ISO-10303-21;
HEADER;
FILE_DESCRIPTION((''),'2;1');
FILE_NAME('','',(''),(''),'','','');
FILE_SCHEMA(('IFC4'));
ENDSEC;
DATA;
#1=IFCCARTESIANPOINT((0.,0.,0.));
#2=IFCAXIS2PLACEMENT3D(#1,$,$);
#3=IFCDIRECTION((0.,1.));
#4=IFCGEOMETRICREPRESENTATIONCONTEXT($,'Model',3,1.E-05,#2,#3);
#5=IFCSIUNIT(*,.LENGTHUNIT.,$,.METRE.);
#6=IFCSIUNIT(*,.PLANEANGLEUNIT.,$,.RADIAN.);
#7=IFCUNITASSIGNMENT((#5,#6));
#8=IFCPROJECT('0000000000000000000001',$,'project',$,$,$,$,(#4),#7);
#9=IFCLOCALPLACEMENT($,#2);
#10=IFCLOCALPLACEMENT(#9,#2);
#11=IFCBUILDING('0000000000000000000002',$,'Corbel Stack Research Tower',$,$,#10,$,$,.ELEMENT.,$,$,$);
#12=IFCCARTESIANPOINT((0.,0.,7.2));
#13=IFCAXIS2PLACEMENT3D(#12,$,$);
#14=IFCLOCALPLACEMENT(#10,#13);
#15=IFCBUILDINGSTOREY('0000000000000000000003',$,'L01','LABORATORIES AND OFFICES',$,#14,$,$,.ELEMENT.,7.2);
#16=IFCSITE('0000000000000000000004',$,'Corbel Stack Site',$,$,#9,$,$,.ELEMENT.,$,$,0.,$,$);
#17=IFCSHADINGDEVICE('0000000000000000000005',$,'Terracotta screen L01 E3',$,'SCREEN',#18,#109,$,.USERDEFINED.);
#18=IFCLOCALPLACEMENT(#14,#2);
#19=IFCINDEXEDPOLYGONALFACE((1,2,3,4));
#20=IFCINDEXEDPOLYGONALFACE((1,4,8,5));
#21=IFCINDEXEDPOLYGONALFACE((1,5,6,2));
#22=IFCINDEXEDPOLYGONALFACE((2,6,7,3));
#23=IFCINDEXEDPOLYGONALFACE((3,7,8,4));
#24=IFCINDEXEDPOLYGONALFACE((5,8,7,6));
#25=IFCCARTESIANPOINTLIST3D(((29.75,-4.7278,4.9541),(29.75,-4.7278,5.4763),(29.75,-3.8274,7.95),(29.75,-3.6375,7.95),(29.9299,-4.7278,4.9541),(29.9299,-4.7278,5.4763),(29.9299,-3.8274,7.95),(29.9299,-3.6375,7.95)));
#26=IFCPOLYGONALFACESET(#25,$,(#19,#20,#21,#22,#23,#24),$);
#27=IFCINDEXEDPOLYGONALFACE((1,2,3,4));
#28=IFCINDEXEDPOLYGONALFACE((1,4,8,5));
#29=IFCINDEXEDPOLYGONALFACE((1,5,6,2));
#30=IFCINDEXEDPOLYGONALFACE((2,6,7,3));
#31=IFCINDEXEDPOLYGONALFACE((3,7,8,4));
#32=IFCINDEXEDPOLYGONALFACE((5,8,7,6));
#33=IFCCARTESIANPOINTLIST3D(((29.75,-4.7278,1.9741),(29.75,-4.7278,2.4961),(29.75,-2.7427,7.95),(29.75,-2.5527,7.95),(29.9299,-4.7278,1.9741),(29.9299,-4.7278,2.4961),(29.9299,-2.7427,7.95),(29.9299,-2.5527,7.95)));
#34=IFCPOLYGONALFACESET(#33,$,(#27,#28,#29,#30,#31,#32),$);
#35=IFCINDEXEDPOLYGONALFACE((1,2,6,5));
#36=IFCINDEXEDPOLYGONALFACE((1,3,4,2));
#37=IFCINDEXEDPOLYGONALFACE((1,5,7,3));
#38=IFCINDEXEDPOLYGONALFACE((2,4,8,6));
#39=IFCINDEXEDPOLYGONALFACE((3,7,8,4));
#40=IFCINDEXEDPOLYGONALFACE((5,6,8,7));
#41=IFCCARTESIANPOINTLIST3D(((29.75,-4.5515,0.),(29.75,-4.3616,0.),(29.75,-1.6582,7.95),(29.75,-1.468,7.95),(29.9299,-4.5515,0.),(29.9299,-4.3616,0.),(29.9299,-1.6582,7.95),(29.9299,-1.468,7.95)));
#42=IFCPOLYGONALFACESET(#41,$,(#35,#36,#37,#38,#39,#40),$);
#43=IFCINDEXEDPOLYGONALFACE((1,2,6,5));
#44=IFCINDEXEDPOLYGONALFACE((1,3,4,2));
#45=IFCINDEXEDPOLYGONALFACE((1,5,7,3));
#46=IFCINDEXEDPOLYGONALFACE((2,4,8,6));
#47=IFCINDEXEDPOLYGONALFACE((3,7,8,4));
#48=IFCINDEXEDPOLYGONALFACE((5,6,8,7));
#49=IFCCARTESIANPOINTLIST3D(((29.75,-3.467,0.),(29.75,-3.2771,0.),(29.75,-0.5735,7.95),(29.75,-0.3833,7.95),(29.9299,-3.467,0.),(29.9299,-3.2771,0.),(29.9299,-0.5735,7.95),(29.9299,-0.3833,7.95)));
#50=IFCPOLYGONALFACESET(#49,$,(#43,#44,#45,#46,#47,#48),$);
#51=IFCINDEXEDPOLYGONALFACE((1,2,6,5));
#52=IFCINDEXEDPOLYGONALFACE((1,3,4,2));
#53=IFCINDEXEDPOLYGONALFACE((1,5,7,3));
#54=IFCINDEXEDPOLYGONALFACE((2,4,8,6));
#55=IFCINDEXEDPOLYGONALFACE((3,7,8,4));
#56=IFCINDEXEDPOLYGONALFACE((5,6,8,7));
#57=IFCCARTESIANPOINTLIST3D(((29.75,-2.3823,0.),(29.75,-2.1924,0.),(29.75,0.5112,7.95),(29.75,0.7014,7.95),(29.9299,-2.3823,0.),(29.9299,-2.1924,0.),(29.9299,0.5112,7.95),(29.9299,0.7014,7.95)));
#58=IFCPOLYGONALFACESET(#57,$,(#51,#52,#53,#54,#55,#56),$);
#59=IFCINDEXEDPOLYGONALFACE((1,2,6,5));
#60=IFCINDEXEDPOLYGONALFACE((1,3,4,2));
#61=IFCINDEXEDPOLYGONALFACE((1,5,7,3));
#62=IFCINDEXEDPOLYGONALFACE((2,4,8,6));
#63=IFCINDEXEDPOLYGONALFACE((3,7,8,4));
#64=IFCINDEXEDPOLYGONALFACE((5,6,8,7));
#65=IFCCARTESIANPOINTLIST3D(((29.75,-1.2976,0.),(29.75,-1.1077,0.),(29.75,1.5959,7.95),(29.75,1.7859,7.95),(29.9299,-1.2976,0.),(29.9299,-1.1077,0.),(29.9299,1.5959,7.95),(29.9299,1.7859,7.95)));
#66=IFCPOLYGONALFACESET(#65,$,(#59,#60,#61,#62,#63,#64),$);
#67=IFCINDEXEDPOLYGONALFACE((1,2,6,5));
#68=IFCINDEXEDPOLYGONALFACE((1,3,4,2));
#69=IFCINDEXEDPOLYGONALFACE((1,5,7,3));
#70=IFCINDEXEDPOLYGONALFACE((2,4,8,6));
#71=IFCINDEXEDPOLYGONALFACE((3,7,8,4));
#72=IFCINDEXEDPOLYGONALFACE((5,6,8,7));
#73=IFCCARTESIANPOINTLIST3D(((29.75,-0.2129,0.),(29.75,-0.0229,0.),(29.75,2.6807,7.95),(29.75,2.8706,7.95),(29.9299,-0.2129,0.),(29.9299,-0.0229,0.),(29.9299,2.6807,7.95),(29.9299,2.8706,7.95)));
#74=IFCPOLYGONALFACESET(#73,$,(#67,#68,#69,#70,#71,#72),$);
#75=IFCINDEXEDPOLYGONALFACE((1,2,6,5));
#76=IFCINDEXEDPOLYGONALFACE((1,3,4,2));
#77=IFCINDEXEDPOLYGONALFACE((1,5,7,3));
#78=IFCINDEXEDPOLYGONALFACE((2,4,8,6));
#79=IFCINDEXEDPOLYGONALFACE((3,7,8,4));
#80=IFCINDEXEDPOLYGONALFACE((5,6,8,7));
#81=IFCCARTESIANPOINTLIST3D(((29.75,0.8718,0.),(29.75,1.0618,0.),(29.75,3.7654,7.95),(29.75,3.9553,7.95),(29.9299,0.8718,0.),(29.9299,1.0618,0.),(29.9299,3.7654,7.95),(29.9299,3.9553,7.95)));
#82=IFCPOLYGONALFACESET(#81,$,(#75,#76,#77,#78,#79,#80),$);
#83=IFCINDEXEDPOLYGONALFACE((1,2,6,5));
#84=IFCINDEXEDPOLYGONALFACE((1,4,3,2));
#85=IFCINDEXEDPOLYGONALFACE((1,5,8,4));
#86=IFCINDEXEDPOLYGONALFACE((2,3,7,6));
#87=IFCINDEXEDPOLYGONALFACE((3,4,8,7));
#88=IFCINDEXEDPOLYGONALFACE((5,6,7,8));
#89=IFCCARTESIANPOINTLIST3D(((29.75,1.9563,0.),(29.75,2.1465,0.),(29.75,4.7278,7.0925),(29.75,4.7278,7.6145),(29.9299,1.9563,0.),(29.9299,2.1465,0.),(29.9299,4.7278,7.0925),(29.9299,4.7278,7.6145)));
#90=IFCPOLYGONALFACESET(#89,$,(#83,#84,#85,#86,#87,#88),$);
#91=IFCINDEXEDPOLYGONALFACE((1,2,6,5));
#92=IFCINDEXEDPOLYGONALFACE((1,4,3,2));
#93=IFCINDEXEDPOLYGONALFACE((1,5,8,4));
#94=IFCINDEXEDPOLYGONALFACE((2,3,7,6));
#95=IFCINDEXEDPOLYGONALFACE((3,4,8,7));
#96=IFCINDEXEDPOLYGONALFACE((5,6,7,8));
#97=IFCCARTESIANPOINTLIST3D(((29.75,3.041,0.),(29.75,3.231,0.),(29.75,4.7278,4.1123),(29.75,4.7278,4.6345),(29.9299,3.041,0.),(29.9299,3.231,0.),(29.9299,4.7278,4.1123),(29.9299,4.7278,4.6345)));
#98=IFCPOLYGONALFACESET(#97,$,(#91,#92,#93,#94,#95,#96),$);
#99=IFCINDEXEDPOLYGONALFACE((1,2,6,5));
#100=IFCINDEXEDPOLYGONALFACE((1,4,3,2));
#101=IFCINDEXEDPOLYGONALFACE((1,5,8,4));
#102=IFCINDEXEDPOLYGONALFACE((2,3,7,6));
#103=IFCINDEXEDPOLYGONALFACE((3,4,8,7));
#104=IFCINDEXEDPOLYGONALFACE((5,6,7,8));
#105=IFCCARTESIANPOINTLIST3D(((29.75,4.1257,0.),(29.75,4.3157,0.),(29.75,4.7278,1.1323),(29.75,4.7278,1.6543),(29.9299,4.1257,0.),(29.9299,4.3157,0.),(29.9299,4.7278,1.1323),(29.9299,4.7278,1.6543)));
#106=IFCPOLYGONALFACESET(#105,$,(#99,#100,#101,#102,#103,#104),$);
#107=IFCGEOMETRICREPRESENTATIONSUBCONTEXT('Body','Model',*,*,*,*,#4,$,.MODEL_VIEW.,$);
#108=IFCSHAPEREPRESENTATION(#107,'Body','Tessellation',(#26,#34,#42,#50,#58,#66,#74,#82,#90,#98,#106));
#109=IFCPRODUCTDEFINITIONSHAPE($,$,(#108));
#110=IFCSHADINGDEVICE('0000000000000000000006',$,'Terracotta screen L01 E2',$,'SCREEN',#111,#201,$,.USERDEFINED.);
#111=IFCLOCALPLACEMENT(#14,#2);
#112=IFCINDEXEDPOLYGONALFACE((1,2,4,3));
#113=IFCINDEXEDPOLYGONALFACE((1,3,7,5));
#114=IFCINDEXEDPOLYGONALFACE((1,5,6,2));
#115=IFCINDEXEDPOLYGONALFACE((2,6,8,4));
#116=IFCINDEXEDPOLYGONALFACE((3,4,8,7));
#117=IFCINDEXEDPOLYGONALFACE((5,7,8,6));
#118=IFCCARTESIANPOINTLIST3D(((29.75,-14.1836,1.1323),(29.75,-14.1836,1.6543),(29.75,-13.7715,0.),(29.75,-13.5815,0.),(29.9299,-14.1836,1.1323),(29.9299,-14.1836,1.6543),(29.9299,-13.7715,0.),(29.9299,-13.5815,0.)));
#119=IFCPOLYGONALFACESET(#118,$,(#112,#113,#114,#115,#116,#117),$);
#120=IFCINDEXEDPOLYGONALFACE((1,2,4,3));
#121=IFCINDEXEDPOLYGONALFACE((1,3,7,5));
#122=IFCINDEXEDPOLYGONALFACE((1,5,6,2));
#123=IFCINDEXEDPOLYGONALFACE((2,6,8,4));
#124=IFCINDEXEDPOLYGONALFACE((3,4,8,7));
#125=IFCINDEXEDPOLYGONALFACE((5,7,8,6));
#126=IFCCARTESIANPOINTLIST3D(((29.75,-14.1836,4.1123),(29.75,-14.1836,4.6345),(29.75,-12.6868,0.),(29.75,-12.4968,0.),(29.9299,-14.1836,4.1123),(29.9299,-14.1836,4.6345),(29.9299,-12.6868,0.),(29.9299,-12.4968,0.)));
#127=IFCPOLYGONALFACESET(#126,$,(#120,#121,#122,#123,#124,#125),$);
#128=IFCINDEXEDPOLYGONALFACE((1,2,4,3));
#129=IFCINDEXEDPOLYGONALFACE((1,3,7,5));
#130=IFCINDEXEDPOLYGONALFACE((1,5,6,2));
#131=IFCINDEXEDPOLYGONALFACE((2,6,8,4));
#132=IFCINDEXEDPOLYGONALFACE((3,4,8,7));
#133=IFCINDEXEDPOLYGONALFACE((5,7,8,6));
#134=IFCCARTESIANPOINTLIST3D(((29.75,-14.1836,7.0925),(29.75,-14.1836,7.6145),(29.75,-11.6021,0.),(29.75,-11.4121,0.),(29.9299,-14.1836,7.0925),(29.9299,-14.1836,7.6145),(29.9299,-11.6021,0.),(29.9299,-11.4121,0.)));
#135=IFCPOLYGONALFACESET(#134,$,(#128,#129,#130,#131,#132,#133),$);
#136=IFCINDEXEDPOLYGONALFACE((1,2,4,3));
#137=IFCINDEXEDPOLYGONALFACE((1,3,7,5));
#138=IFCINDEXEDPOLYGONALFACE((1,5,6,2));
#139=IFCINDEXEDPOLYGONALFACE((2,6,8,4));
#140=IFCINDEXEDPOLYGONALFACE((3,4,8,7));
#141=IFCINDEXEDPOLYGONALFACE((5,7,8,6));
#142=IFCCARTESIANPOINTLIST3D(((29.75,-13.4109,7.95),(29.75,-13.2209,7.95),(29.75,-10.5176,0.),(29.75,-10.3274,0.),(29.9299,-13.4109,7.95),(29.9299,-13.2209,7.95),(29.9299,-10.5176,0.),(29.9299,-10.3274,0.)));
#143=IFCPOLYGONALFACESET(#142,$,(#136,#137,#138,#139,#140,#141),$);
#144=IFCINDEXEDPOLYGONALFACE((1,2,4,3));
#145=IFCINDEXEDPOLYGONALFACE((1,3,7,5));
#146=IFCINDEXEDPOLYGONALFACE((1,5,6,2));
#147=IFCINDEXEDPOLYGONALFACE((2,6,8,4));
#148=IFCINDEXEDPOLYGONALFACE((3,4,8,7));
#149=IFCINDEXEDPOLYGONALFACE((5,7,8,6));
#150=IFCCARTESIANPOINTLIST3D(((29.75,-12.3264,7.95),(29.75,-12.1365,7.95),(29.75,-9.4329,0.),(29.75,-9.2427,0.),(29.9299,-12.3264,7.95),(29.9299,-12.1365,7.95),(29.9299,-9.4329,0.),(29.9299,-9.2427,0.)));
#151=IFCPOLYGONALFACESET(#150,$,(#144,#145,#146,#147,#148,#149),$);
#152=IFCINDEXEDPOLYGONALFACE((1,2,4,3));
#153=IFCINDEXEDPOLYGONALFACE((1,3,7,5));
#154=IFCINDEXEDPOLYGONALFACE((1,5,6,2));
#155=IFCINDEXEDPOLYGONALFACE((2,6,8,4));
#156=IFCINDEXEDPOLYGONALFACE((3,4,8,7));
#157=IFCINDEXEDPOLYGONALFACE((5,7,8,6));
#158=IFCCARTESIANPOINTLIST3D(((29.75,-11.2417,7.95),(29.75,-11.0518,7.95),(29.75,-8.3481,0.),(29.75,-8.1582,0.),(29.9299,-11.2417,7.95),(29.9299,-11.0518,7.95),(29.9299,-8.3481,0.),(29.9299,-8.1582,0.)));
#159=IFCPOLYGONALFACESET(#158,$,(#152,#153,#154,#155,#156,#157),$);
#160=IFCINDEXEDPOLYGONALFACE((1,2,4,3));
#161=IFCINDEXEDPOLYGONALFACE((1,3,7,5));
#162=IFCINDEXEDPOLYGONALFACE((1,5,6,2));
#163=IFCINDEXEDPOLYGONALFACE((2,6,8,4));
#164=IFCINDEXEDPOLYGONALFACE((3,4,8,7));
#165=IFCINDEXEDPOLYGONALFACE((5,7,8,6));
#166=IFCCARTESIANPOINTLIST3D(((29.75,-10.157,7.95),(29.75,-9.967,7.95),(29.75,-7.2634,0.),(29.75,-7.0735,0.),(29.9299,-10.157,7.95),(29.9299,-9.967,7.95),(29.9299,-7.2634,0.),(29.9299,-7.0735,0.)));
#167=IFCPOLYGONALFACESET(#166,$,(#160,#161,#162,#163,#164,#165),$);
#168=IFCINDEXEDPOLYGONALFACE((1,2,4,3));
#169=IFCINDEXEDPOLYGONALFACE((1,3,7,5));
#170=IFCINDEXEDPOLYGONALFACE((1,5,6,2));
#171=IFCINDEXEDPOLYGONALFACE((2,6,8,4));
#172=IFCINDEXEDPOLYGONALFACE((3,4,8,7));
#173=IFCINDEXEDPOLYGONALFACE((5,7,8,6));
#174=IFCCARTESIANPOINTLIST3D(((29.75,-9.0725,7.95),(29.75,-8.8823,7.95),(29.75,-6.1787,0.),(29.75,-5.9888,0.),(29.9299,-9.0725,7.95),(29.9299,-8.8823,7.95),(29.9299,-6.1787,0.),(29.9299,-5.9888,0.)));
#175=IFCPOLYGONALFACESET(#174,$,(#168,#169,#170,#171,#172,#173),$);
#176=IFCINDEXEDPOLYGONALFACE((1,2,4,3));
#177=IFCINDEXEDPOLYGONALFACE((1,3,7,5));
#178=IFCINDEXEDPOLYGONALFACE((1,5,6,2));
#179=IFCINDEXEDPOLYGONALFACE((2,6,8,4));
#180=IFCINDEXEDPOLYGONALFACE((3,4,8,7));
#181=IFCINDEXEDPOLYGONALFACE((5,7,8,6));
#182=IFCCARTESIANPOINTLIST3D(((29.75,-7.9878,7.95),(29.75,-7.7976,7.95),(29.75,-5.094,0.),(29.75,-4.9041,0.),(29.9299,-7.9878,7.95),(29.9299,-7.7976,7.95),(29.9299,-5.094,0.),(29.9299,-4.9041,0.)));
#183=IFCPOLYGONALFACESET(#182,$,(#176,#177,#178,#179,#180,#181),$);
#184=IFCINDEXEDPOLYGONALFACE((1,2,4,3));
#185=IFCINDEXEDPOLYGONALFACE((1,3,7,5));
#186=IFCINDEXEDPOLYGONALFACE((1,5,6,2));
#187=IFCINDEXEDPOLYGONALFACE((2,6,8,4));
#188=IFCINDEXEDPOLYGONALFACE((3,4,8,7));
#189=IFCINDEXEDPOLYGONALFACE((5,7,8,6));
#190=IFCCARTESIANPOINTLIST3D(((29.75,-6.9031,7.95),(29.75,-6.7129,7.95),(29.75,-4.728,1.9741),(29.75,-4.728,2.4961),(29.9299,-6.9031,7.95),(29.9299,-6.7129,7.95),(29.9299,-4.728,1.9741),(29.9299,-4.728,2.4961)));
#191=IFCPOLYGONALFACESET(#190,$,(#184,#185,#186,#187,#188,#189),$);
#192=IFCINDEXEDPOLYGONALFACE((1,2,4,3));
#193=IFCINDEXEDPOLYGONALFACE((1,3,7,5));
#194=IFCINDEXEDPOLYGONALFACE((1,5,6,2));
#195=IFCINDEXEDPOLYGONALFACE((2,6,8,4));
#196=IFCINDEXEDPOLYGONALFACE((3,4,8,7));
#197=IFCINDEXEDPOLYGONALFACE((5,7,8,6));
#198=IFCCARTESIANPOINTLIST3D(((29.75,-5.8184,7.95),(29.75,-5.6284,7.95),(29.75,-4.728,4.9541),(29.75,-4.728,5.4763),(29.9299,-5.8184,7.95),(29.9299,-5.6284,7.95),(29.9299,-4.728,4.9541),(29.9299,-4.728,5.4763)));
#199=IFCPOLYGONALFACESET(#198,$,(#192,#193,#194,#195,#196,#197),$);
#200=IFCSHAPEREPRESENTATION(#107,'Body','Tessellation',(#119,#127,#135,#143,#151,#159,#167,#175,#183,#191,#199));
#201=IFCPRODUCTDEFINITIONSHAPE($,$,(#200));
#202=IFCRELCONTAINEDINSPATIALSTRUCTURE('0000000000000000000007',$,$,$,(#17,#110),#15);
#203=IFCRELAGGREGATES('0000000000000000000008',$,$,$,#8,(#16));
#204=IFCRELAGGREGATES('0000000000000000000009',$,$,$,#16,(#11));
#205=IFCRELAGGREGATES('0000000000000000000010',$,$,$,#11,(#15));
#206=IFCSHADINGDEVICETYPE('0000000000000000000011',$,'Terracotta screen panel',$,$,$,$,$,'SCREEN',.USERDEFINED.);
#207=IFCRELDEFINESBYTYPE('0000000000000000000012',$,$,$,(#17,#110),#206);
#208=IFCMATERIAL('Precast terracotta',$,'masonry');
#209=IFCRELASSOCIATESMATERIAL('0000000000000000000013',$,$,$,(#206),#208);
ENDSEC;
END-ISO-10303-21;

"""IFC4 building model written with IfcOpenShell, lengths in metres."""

from ifc_helpers import new_model, si_unit, direction, frame, origin, place, context, subcontext, project, spatial, polyline, outline, extrude, source, transform, mapped, material, type_object, element, save


model = new_model("IFC4")

# Units and contexts
model_context = context("Model", 3, precision=1e-05, world=origin(), true_north=direction((0.0, 1.0)))
body_context = subcontext(model_context, "Body", "Model", "MODEL_VIEW")
ifc_project = project(units=[si_unit("LENGTHUNIT", "METRE"), si_unit("PLANEANGLEUNIT", "RADIAN")], contexts=[model_context])

# Site, building, storey
site_placement = place(None, origin())
site = spatial("IfcSite", under=ifc_project, at=site_placement, Name="Corbel Stack Site", CompositionType="ELEMENT", RefElevation=0.0)
building_placement = place(site_placement, origin())
building = spatial("IfcBuilding", under=site, at=building_placement, Name="Corbel Stack Research Tower", CompositionType="ELEMENT")
storey_placement = place(building_placement, frame((0.0, 0.0, 7.2)))
storey = spatial("IfcBuildingStorey", under=building, at=storey_placement, Name="L01", Description="LABORATORIES AND OFFICES", CompositionType="ELEMENT", Elevation=7.2)

# Shading devices
ifc_material_1 = material(Name="Precast terracotta", Category="masonry")
shading_device_type = type_object("IfcShadingDeviceType", Name="Terracotta screen panel", ElementType="SCREEN", PredefinedType="USERDEFINED", material=ifc_material_1)
shared_shape_1 = source(origin(), body_context, "Body", "SweptSolid", [
    extrude(outline(polyline([(1.0903, 7.95), (0.9004, 7.95), (0.0, 5.4763), (0.0, 4.9541), (1.0903, 7.95)])), frame((0.0, 0.0, 0.0), z_axis=(0.0, -1.0, 0.0), x_axis=(1.0, 0.0, 0.0)), (0.0, 0.0, 1.0), 0.1799),
    extrude(outline(polyline([(2.175, 7.95), (1.9851, 7.95), (0.0, 2.4961), (0.0, 1.9741), (2.175, 7.95)])), frame((0.0, 0.0, 0.0), z_axis=(0.0, -1.0, 0.0), x_axis=(1.0, 0.0, 0.0)), (0.0, 0.0, 1.0), 0.1799),
    extrude(outline(polyline([(0.3662, 0.0), (3.2598, 7.95), (3.0696, 7.95), (0.1763, 0.0), (0.3662, 0.0)])), frame((0.0, 0.0, 0.0), z_axis=(0.0, -1.0, 0.0), x_axis=(1.0, 0.0, 0.0)), (0.0, 0.0, 1.0), 0.1799),
    extrude(outline(polyline([(1.4507, 0.0), (4.3445, 7.95), (4.1543, 7.95), (1.2607, 0.0), (1.4507, 0.0)])), frame((0.0, 0.0, 0.0), z_axis=(0.0, -1.0, 0.0), x_axis=(1.0, 0.0, 0.0)), (0.0, 0.0, 1.0), 0.1799),
    extrude(outline(polyline([(2.5354, 0.0), (5.4292, 7.95), (5.239, 7.95), (2.3455, 0.0), (2.5354, 0.0)])), frame((0.0, 0.0, 0.0), z_axis=(0.0, -1.0, 0.0), x_axis=(1.0, 0.0, 0.0)), (0.0, 0.0, 1.0), 0.1799),
    extrude(outline(polyline([(3.6201, 0.0), (6.5137, 7.95), (6.3237, 7.95), (3.4302, 0.0), (3.6201, 0.0)])), frame((0.0, 0.0, 0.0), z_axis=(0.0, -1.0, 0.0), x_axis=(1.0, 0.0, 0.0)), (0.0, 0.0, 1.0), 0.1799),
    extrude(outline(polyline([(4.7048, 0.0), (7.5984, 7.95), (7.4084, 7.95), (4.5149, 0.0), (4.7048, 0.0)])), frame((0.0, 0.0, 0.0), z_axis=(0.0, -1.0, 0.0), x_axis=(1.0, 0.0, 0.0)), (0.0, 0.0, 1.0), 0.1799),
    extrude(outline(polyline([(5.7896, 0.0), (8.6831, 7.95), (8.4932, 7.95), (5.5996, 0.0), (5.7896, 0.0)])), frame((0.0, 0.0, 0.0), z_axis=(0.0, -1.0, 0.0), x_axis=(1.0, 0.0, 0.0)), (0.0, 0.0, 1.0), 0.1799),
    extrude(outline(polyline([(6.8743, 0.0), (9.4556, 7.0925), (9.4556, 7.6145), (6.6841, 0.0), (6.8743, 0.0)])), frame((0.0, 0.0, 0.0), z_axis=(0.0, -1.0, 0.0), x_axis=(1.0, 0.0, 0.0)), (0.0, 0.0, 1.0), 0.1799),
    extrude(outline(polyline([(7.9587, 0.0), (9.4556, 4.1123), (9.4556, 4.6345), (7.7688, 0.0), (7.9587, 0.0)])), frame((0.0, 0.0, 0.0), z_axis=(0.0, -1.0, 0.0), x_axis=(1.0, 0.0, 0.0)), (0.0, 0.0, 1.0), 0.1799),
    extrude(outline(polyline([(9.0435, 0.0), (9.4556, 1.1323), (9.4556, 1.6543), (8.8535, 0.0), (9.0435, 0.0)])), frame((0.0, 0.0, 0.0), z_axis=(0.0, -1.0, 0.0), x_axis=(1.0, 0.0, 0.0)), (0.0, 0.0, 1.0), 0.1799),
])
shading_device_1_placement = place(storey_placement, frame((29.75, -4.7278, 0.0), z_axis=(0.0, 0.0, 1.0), x_axis=(0.0, 1.0, 0.0)))
element("IfcShadingDevice", 1, at=shading_device_1_placement, inside=storey, type_object=shading_device_type, Name="Terracotta screen L01 E3", ObjectType="SCREEN", PredefinedType="USERDEFINED", context=body_context, shape_type="MappedRepresentation", body=[
    mapped(shared_shape_1, transform((0.0, 0.0, 0.0))),
])
shared_shape_2 = source(origin(), body_context, "Body", "SweptSolid", [
    extrude(outline(polyline([(0.6021, 0.0), (0.0, 1.6543), (0.0, 1.1323), (0.4121, 0.0), (0.6021, 0.0)])), frame((0.0, 0.0, 0.0), z_axis=(0.0, -1.0, 0.0), x_axis=(1.0, 0.0, 0.0)), (0.0, 0.0, 1.0), 0.1799),
    extrude(outline(polyline([(1.6868, 0.0), (0.0, 4.6345), (0.0, 4.1123), (1.4968, 0.0), (1.6868, 0.0)])), frame((0.0, 0.0, 0.0), z_axis=(0.0, -1.0, 0.0), x_axis=(1.0, 0.0, 0.0)), (0.0, 0.0, 1.0), 0.1799),
    extrude(outline(polyline([(2.7715, 0.0), (0.0, 7.6145), (0.0, 7.0925), (2.5815, 0.0), (2.7715, 0.0)])), frame((0.0, 0.0, 0.0), z_axis=(0.0, -1.0, 0.0), x_axis=(1.0, 0.0, 0.0)), (0.0, 0.0, 1.0), 0.1799),
    extrude(outline(polyline([(3.8562, 0.0), (0.9626, 7.95), (0.7727, 7.95), (3.666, 0.0), (3.8562, 0.0)])), frame((0.0, 0.0, 0.0), z_axis=(0.0, -1.0, 0.0), x_axis=(1.0, 0.0, 0.0)), (0.0, 0.0, 1.0), 0.1799),
    extrude(outline(polyline([(4.9409, 0.0), (2.0471, 7.95), (1.8572, 7.95), (4.7507, 0.0), (4.9409, 0.0)])), frame((0.0, 0.0, 0.0), z_axis=(0.0, -1.0, 0.0), x_axis=(1.0, 0.0, 0.0)), (0.0, 0.0, 1.0), 0.1799),
    extrude(outline(polyline([(6.0254, 0.0), (3.1318, 7.95), (2.9419, 7.95), (5.8354, 0.0), (6.0254, 0.0)])), frame((0.0, 0.0, 0.0), z_axis=(0.0, -1.0, 0.0), x_axis=(1.0, 0.0, 0.0)), (0.0, 0.0, 1.0), 0.1799),
    extrude(outline(polyline([(7.1101, 0.0), (4.2166, 7.95), (4.0266, 7.95), (6.9202, 0.0), (7.1101, 0.0)])), frame((0.0, 0.0, 0.0), z_axis=(0.0, -1.0, 0.0), x_axis=(1.0, 0.0, 0.0)), (0.0, 0.0, 1.0), 0.1799),
    extrude(outline(polyline([(8.1948, 0.0), (5.3013, 7.95), (5.1111, 7.95), (8.0049, 0.0), (8.1948, 0.0)])), frame((0.0, 0.0, 0.0), z_axis=(0.0, -1.0, 0.0), x_axis=(1.0, 0.0, 0.0)), (0.0, 0.0, 1.0), 0.1799),
    extrude(outline(polyline([(9.2795, 0.0), (6.386, 7.95), (6.1958, 7.95), (9.0896, 0.0), (9.2795, 0.0)])), frame((0.0, 0.0, 0.0), z_axis=(0.0, -1.0, 0.0), x_axis=(1.0, 0.0, 0.0)), (0.0, 0.0, 1.0), 0.1799),
    extrude(outline(polyline([(7.4707, 7.95), (7.2805, 7.95), (9.4556, 1.9741), (9.4556, 2.4961), (7.4707, 7.95)])), frame((0.0, 0.0, 0.0), z_axis=(0.0, -1.0, 0.0), x_axis=(1.0, 0.0, 0.0)), (0.0, 0.0, 1.0), 0.1799),
    extrude(outline(polyline([(8.5552, 7.95), (8.3652, 7.95), (9.4556, 4.9541), (9.4556, 5.4763), (8.5552, 7.95)])), frame((0.0, 0.0, 0.0), z_axis=(0.0, -1.0, 0.0), x_axis=(1.0, 0.0, 0.0)), (0.0, 0.0, 1.0), 0.1799),
])
shading_device_2_placement = place(storey_placement, frame((29.75, -14.1836, 0.0), z_axis=(0.0, 0.0, 1.0), x_axis=(0.0, 1.0, 0.0)))
element("IfcShadingDevice", 2, at=shading_device_2_placement, inside=storey, type_object=shading_device_type, Name="Terracotta screen L01 E2", ObjectType="SCREEN", PredefinedType="USERDEFINED", context=body_context, shape_type="MappedRepresentation", body=[
    mapped(shared_shape_2, transform((0.0, 0.0, 0.0))),
])

save(model, "model.ifc")
